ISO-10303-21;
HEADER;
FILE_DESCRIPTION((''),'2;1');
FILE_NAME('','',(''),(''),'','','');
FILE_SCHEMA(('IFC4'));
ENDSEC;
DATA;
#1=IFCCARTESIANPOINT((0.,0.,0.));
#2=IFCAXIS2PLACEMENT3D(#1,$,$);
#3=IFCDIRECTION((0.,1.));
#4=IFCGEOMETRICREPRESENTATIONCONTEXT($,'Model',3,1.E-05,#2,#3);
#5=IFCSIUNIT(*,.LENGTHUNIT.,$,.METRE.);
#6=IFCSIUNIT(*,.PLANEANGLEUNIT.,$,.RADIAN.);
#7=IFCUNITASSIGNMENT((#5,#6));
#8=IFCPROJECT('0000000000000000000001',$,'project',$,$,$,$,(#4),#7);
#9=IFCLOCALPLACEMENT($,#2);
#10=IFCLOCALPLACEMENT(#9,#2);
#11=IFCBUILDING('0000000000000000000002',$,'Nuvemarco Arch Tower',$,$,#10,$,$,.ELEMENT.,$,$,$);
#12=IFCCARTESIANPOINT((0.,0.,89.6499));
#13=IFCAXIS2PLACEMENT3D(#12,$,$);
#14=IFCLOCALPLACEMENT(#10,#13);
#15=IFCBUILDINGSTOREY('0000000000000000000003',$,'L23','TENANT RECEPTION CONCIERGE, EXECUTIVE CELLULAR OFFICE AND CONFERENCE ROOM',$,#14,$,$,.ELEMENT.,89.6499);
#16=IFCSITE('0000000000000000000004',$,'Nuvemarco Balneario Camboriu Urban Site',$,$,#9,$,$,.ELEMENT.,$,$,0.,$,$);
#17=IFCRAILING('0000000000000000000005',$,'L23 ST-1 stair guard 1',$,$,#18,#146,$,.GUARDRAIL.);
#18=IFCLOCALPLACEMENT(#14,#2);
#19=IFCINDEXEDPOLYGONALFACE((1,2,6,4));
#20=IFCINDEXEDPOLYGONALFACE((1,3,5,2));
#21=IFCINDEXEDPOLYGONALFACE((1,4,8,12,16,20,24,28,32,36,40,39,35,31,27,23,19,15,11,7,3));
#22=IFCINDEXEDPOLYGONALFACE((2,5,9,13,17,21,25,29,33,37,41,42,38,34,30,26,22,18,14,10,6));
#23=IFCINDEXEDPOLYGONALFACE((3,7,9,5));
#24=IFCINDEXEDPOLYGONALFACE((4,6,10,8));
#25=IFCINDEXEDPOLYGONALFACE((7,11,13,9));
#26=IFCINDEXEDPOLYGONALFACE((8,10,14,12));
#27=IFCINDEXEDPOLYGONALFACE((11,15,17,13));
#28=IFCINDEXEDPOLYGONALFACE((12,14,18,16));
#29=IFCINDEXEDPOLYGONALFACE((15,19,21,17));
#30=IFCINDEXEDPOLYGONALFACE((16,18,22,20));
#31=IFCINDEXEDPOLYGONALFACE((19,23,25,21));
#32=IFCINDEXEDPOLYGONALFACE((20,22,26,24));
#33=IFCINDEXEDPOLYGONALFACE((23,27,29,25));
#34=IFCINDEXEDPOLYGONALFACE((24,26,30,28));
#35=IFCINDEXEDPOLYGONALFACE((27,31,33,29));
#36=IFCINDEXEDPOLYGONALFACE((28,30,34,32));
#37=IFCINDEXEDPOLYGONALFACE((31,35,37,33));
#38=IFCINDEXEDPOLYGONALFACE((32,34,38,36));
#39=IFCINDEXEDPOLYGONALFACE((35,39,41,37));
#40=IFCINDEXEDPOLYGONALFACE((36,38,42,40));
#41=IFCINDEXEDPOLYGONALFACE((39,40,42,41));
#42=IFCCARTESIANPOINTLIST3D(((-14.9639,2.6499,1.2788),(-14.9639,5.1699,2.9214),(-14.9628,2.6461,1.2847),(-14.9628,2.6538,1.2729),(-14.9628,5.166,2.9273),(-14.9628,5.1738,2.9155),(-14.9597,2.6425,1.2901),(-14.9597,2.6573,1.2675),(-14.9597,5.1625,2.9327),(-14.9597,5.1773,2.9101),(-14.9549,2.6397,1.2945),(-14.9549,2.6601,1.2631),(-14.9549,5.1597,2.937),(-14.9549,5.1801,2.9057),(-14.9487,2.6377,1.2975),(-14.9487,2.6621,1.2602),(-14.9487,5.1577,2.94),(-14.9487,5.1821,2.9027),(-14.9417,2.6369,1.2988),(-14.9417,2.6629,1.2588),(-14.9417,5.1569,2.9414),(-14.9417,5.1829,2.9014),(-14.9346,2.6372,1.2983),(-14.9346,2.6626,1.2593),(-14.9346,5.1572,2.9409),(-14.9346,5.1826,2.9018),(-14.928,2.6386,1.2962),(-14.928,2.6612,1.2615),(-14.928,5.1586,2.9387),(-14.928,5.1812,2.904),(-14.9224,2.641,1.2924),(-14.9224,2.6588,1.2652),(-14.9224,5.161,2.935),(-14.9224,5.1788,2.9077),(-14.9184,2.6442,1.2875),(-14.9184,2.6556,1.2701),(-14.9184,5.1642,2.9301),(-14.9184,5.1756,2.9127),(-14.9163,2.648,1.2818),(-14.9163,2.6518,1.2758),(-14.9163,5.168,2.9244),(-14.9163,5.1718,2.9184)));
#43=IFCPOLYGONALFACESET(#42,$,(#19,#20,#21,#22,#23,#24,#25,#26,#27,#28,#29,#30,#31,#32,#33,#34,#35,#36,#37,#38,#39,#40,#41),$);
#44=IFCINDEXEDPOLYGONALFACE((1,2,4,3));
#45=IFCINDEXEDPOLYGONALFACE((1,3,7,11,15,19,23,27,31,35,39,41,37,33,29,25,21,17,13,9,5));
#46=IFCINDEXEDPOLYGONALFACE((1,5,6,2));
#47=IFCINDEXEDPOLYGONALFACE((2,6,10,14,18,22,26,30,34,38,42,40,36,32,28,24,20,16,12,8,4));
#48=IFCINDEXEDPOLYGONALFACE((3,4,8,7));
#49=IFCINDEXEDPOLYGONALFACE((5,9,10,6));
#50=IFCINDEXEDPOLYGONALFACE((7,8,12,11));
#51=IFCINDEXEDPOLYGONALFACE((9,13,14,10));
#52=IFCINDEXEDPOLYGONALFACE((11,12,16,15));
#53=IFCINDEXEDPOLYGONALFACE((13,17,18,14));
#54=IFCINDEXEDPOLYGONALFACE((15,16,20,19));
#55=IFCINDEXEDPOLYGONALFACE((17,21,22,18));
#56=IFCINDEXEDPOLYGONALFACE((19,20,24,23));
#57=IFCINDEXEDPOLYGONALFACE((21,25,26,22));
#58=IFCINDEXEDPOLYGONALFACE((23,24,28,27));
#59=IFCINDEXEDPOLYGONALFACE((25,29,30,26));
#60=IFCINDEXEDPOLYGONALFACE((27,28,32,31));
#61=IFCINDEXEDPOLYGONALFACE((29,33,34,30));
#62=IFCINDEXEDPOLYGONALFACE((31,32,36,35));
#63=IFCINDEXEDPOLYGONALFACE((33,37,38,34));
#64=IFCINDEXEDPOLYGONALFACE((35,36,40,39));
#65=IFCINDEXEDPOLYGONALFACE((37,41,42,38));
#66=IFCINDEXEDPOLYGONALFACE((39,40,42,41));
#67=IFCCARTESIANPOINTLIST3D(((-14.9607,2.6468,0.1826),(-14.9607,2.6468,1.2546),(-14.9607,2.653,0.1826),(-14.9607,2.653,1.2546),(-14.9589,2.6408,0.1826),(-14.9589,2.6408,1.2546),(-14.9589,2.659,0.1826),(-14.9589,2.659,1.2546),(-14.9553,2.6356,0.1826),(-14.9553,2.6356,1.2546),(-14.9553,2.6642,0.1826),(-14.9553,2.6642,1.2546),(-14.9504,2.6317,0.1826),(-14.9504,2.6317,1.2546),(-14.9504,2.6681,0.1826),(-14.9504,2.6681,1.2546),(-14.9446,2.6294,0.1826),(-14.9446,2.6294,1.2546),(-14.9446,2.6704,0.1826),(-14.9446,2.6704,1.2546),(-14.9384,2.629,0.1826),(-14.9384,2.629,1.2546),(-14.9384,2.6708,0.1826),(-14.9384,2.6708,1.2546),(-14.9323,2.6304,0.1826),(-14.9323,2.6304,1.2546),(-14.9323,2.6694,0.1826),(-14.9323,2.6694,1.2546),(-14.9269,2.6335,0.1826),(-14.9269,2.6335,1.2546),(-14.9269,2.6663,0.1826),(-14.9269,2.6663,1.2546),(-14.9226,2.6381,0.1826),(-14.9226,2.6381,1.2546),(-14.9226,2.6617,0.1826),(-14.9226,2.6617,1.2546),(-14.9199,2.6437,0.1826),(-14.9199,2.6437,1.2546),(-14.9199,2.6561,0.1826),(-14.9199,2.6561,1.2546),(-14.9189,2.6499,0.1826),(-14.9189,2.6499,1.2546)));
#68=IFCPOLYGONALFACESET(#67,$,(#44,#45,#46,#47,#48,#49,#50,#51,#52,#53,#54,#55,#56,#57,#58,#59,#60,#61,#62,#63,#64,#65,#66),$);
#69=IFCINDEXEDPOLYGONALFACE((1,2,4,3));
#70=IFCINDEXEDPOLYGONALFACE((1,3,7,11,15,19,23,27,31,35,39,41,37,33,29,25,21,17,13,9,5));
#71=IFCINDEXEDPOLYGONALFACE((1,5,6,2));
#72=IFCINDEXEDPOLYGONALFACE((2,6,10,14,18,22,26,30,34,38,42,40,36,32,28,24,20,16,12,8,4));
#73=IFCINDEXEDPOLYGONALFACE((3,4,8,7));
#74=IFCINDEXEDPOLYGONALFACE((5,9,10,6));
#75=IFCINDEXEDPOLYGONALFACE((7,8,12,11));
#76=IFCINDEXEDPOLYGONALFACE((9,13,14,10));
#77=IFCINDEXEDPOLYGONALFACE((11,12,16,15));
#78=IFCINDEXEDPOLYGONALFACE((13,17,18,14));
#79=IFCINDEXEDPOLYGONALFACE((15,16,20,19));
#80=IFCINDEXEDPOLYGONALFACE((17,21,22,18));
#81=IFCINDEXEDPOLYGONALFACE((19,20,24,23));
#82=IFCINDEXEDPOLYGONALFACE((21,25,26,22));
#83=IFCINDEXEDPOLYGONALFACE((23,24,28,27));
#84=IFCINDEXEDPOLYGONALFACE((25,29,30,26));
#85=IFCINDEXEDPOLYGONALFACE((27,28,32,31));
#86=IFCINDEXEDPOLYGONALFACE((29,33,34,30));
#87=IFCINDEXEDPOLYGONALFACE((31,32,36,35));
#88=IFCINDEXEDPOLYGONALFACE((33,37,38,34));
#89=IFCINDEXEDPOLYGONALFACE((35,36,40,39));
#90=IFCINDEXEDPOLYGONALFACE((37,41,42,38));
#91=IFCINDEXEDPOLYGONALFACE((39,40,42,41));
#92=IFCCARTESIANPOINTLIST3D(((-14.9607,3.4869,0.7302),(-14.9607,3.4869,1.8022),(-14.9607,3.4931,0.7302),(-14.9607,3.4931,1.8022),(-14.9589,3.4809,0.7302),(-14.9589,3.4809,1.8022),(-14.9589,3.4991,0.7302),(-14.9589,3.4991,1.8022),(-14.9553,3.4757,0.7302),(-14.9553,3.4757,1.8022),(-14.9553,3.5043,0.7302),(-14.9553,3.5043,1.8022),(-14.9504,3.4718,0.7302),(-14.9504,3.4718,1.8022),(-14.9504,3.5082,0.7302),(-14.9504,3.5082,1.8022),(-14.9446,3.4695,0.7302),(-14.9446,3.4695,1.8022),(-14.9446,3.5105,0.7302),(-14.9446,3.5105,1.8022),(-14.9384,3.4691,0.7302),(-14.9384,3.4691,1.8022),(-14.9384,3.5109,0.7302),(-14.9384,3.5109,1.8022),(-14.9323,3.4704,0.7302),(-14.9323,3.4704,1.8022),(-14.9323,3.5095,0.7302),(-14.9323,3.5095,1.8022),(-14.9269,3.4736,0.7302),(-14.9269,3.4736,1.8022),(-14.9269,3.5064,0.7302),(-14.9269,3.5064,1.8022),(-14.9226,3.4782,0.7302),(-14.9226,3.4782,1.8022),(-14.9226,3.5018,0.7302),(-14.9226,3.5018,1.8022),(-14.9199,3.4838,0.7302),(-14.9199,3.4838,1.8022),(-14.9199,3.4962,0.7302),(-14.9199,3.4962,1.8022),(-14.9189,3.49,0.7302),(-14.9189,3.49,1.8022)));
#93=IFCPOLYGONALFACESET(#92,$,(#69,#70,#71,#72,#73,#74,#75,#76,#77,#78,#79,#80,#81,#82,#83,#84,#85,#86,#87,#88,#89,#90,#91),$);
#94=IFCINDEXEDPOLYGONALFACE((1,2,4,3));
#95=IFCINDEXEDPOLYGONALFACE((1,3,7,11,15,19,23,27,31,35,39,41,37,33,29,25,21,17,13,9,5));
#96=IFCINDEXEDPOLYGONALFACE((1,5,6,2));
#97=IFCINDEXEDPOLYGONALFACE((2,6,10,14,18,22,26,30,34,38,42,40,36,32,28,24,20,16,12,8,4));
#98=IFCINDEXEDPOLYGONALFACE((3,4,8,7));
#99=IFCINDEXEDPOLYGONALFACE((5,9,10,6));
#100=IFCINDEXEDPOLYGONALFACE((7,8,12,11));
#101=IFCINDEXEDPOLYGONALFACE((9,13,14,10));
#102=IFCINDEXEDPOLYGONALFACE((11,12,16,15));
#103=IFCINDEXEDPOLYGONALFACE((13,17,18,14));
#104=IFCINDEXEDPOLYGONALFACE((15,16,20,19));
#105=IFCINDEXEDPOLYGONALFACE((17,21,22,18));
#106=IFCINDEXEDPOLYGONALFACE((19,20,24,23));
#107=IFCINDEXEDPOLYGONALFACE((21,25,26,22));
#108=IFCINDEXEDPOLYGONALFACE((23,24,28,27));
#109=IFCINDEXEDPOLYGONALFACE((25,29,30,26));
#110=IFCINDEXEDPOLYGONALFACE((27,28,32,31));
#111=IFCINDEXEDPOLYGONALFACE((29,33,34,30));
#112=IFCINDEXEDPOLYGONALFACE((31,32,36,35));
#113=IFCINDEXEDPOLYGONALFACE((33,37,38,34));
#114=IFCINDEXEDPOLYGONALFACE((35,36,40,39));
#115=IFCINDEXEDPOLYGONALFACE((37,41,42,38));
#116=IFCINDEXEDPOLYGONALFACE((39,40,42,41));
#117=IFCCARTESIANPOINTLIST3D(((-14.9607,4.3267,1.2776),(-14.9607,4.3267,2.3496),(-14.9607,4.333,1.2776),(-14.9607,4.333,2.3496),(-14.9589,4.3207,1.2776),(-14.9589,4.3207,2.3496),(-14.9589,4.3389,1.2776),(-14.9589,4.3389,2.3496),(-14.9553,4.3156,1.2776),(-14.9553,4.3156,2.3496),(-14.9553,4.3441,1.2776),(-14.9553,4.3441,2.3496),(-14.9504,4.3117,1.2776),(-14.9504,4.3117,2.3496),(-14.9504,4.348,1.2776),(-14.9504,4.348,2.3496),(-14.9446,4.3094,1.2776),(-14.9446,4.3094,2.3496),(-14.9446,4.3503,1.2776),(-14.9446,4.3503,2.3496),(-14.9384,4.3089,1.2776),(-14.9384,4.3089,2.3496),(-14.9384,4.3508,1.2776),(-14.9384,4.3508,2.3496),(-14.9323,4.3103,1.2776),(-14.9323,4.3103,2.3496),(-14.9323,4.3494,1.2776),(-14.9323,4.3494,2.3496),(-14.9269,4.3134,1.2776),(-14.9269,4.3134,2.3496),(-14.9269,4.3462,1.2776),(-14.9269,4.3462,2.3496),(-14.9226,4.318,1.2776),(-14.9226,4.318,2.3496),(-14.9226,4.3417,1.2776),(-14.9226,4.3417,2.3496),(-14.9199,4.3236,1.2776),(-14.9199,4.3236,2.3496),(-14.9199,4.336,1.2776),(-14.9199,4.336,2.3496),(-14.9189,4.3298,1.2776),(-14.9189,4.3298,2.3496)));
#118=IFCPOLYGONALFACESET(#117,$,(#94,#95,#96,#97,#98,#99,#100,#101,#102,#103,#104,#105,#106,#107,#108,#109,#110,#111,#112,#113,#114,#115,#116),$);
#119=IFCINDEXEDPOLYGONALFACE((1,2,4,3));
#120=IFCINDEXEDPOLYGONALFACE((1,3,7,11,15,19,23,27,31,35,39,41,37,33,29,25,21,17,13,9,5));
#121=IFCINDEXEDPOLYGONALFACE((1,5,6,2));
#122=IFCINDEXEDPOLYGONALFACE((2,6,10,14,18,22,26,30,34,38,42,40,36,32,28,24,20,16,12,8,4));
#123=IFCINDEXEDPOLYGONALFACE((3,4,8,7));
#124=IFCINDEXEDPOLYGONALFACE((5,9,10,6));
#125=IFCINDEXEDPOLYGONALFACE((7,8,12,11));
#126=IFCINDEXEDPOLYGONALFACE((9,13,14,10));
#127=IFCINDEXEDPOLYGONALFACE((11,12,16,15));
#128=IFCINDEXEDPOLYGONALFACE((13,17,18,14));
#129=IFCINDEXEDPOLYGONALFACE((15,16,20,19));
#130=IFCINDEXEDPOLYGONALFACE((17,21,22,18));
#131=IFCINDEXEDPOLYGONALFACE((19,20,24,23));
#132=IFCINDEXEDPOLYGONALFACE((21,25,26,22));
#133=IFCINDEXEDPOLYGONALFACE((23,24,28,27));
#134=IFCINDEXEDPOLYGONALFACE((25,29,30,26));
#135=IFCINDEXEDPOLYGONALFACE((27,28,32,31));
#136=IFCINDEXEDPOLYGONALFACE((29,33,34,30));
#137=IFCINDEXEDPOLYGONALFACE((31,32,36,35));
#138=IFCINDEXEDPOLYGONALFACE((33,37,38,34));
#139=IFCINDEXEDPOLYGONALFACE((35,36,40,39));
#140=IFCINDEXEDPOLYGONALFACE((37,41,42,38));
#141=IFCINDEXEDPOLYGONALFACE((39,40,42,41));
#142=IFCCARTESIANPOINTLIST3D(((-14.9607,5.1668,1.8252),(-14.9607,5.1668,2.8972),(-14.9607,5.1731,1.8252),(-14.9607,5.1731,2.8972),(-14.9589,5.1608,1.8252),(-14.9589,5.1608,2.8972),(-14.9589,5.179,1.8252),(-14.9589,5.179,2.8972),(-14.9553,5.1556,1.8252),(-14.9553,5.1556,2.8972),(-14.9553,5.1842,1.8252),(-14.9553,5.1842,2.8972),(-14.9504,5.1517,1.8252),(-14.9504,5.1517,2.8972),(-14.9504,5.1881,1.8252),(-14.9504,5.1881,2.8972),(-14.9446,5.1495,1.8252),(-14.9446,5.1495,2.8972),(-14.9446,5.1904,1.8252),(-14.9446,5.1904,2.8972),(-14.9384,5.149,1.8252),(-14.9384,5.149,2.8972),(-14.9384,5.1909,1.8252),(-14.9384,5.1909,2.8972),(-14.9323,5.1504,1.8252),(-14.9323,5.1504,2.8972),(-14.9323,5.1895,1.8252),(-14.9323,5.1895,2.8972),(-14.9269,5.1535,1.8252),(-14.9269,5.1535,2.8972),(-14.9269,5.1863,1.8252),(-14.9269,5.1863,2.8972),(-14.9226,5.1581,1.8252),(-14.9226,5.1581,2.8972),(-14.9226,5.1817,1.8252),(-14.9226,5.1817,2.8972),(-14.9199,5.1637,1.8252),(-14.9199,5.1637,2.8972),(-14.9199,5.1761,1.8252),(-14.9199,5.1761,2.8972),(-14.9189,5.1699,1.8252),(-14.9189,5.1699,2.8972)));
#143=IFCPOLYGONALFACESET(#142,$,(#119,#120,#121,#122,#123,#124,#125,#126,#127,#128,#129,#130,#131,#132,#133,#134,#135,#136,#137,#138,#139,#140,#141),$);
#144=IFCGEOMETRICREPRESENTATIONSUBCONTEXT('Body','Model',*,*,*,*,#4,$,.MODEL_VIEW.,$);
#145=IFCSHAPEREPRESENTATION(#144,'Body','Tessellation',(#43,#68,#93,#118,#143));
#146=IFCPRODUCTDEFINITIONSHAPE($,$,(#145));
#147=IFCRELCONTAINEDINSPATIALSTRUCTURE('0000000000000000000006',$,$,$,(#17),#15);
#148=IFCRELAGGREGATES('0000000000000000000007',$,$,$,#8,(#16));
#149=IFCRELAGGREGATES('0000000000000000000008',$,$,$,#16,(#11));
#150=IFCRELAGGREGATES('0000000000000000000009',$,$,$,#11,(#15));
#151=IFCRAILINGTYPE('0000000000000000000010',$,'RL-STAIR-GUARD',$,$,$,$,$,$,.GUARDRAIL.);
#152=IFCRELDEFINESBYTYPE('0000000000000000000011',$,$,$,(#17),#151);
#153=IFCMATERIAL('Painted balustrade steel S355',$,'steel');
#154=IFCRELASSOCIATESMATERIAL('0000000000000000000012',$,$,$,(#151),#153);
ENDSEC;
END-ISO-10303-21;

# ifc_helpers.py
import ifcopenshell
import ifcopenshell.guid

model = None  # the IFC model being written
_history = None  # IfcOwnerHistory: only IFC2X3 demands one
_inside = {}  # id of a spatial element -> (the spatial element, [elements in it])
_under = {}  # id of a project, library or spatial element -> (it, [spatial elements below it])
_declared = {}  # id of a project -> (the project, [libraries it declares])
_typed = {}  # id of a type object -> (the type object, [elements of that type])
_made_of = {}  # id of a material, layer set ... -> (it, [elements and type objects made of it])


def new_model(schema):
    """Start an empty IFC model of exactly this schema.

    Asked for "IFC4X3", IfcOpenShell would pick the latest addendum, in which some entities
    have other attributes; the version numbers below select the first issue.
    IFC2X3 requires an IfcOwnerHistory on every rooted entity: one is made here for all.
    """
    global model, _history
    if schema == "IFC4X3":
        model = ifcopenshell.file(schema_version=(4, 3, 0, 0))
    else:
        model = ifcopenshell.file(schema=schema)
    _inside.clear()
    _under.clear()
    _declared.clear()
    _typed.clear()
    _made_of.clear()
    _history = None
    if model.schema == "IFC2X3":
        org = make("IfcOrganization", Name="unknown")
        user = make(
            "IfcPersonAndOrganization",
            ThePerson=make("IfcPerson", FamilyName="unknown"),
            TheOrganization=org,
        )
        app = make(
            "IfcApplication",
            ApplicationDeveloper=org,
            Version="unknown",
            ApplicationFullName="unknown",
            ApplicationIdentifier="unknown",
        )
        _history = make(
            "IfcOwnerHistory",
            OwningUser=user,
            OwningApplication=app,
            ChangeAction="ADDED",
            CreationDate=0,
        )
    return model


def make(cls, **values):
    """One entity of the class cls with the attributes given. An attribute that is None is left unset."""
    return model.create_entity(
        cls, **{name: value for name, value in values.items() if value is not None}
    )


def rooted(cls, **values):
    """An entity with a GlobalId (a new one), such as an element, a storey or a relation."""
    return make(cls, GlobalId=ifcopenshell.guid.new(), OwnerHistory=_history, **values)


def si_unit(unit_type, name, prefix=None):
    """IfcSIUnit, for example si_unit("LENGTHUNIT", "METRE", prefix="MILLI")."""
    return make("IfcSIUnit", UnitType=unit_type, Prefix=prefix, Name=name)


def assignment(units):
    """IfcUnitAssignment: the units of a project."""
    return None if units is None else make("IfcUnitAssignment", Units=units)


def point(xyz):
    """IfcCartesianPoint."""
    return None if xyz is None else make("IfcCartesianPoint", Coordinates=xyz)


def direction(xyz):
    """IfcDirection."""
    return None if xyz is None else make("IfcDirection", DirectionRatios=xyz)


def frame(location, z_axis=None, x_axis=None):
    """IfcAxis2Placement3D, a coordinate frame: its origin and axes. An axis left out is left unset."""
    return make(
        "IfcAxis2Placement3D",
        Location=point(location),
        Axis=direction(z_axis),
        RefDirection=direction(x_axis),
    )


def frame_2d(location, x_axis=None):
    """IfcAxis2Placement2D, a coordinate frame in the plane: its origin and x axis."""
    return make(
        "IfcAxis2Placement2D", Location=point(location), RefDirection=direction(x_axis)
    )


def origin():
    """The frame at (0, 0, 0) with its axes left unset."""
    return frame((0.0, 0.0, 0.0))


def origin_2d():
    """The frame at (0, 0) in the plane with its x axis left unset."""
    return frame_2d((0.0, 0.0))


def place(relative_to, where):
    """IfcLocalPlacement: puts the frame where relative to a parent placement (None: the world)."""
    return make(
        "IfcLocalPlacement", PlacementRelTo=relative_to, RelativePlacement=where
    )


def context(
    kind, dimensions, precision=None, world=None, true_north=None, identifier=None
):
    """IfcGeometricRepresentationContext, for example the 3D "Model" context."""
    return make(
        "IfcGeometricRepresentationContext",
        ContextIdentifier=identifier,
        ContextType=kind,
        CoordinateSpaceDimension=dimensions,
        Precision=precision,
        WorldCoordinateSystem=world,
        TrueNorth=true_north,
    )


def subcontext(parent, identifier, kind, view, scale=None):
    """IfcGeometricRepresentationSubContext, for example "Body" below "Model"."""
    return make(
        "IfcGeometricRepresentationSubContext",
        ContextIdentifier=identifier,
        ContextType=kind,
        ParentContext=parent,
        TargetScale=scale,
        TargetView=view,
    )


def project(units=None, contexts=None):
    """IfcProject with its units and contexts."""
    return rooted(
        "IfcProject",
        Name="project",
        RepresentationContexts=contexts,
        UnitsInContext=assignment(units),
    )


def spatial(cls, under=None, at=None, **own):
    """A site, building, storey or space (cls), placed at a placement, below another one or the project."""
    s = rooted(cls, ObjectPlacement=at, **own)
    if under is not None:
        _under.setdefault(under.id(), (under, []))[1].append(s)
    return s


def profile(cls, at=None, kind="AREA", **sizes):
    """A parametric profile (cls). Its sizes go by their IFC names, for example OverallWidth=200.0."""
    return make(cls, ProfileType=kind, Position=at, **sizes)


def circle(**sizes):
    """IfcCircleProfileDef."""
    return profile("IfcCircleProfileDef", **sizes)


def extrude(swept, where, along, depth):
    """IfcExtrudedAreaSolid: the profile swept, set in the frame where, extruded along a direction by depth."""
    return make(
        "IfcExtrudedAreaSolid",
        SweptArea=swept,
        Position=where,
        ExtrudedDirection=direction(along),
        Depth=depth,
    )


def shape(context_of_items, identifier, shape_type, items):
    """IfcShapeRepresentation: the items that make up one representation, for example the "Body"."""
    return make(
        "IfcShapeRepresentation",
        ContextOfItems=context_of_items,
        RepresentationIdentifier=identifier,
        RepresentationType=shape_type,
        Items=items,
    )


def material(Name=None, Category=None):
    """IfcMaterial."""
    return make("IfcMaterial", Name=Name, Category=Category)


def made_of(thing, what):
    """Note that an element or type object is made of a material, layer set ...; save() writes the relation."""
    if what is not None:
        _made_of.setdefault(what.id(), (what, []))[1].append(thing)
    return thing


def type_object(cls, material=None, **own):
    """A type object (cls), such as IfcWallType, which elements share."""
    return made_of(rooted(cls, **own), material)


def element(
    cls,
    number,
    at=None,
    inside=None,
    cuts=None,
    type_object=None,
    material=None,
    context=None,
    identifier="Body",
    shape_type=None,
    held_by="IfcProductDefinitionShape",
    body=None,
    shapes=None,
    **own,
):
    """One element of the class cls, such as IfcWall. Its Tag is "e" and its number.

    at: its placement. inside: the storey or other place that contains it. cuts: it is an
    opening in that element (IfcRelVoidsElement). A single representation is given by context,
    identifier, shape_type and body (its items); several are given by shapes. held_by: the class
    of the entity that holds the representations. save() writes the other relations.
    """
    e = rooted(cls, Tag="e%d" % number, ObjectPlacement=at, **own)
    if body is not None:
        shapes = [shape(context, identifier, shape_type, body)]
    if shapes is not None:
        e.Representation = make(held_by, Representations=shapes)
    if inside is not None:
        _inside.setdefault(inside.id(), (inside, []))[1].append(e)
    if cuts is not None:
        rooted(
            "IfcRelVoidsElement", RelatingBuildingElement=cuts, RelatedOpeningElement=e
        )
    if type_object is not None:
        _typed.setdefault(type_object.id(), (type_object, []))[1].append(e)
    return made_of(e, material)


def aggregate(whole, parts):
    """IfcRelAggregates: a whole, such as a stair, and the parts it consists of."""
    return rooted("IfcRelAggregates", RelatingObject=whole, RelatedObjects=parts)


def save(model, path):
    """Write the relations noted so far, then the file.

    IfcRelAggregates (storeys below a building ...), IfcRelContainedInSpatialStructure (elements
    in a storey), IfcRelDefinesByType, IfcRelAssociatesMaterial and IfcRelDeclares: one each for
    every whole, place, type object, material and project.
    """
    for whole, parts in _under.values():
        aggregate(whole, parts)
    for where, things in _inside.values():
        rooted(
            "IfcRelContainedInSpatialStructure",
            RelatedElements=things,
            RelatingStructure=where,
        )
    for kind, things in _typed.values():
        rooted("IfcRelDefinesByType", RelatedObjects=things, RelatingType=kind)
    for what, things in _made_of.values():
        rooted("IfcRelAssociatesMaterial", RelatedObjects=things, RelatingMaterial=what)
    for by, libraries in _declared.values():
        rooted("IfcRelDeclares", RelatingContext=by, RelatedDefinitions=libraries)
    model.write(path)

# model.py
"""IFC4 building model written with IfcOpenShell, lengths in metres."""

from ifc_helpers import new_model, si_unit, direction, frame, origin, origin_2d, place, context, subcontext, project, spatial, circle, extrude, material, type_object, element, save


model = new_model("IFC4")

# Units and contexts
model_context = context("Model", 3, precision=1e-05, world=origin(), true_north=direction((0.0, 1.0)))
body_context = subcontext(model_context, "Body", "Model", "MODEL_VIEW")
ifc_project = project(units=[si_unit("LENGTHUNIT", "METRE"), si_unit("PLANEANGLEUNIT", "RADIAN")], contexts=[model_context])

# Site, building, storey
site_placement = place(None, origin())
site = spatial("IfcSite", under=ifc_project, at=site_placement, Name="Nuvemarco Balneario Camboriu Urban Site", CompositionType="ELEMENT", RefElevation=0.0)
building_placement = place(site_placement, origin())
building = spatial("IfcBuilding", under=site, at=building_placement, Name="Nuvemarco Arch Tower", CompositionType="ELEMENT")
storey_placement = place(building_placement, frame((0.0, 0.0, 89.6499)))
storey = spatial("IfcBuildingStorey", under=building, at=storey_placement, Name="L23", Description="TENANT RECEPTION CONCIERGE, EXECUTIVE CELLULAR OFFICE AND CONFERENCE ROOM", CompositionType="ELEMENT", Elevation=89.6499)

# Railing
ifc_material_1 = material(Name="Painted balustrade steel S355", Category="steel")
railing_type_1 = type_object("IfcRailingType", Name="RL-STAIR-GUARD", PredefinedType="GUARDRAIL", material=ifc_material_1)
railing_1_placement = place(storey_placement, frame((-14.9399, 2.6499, 0.1826)))
element("IfcRailing", 1, at=railing_1_placement, inside=storey, type_object=railing_type_1, Name="L23 ST-1 stair guard 1", PredefinedType="GUARDRAIL", context=body_context, shape_type="SweptSolid", body=[
    extrude(circle(Radius=0.0239, at=origin_2d()), frame((0.0, 0.0, 1.0962), z_axis=(0.0, 0.837749, 0.546055), x_axis=(-1.0, 0.0, 0.0)), (0.0, 0.0, 1.0), 3.0081),
    extrude(circle(Radius=0.021, at=origin_2d()), origin(), (0.0, 0.0, 1.0), 1.072),
    extrude(circle(Radius=0.021, at=origin_2d()), frame((0.0, 0.8401, 0.5476)), (0.0, 0.0, 1.0), 1.072),
    extrude(circle(Radius=0.021, at=origin_2d()), frame((0.0, 1.6799, 1.095)), (0.0, 0.0, 1.0), 1.072),
    extrude(circle(Radius=0.021, at=origin_2d()), frame((0.0, 2.52, 1.6426)), (0.0, 0.0, 1.0), 1.072),
])

save(model, "model.ifc")
